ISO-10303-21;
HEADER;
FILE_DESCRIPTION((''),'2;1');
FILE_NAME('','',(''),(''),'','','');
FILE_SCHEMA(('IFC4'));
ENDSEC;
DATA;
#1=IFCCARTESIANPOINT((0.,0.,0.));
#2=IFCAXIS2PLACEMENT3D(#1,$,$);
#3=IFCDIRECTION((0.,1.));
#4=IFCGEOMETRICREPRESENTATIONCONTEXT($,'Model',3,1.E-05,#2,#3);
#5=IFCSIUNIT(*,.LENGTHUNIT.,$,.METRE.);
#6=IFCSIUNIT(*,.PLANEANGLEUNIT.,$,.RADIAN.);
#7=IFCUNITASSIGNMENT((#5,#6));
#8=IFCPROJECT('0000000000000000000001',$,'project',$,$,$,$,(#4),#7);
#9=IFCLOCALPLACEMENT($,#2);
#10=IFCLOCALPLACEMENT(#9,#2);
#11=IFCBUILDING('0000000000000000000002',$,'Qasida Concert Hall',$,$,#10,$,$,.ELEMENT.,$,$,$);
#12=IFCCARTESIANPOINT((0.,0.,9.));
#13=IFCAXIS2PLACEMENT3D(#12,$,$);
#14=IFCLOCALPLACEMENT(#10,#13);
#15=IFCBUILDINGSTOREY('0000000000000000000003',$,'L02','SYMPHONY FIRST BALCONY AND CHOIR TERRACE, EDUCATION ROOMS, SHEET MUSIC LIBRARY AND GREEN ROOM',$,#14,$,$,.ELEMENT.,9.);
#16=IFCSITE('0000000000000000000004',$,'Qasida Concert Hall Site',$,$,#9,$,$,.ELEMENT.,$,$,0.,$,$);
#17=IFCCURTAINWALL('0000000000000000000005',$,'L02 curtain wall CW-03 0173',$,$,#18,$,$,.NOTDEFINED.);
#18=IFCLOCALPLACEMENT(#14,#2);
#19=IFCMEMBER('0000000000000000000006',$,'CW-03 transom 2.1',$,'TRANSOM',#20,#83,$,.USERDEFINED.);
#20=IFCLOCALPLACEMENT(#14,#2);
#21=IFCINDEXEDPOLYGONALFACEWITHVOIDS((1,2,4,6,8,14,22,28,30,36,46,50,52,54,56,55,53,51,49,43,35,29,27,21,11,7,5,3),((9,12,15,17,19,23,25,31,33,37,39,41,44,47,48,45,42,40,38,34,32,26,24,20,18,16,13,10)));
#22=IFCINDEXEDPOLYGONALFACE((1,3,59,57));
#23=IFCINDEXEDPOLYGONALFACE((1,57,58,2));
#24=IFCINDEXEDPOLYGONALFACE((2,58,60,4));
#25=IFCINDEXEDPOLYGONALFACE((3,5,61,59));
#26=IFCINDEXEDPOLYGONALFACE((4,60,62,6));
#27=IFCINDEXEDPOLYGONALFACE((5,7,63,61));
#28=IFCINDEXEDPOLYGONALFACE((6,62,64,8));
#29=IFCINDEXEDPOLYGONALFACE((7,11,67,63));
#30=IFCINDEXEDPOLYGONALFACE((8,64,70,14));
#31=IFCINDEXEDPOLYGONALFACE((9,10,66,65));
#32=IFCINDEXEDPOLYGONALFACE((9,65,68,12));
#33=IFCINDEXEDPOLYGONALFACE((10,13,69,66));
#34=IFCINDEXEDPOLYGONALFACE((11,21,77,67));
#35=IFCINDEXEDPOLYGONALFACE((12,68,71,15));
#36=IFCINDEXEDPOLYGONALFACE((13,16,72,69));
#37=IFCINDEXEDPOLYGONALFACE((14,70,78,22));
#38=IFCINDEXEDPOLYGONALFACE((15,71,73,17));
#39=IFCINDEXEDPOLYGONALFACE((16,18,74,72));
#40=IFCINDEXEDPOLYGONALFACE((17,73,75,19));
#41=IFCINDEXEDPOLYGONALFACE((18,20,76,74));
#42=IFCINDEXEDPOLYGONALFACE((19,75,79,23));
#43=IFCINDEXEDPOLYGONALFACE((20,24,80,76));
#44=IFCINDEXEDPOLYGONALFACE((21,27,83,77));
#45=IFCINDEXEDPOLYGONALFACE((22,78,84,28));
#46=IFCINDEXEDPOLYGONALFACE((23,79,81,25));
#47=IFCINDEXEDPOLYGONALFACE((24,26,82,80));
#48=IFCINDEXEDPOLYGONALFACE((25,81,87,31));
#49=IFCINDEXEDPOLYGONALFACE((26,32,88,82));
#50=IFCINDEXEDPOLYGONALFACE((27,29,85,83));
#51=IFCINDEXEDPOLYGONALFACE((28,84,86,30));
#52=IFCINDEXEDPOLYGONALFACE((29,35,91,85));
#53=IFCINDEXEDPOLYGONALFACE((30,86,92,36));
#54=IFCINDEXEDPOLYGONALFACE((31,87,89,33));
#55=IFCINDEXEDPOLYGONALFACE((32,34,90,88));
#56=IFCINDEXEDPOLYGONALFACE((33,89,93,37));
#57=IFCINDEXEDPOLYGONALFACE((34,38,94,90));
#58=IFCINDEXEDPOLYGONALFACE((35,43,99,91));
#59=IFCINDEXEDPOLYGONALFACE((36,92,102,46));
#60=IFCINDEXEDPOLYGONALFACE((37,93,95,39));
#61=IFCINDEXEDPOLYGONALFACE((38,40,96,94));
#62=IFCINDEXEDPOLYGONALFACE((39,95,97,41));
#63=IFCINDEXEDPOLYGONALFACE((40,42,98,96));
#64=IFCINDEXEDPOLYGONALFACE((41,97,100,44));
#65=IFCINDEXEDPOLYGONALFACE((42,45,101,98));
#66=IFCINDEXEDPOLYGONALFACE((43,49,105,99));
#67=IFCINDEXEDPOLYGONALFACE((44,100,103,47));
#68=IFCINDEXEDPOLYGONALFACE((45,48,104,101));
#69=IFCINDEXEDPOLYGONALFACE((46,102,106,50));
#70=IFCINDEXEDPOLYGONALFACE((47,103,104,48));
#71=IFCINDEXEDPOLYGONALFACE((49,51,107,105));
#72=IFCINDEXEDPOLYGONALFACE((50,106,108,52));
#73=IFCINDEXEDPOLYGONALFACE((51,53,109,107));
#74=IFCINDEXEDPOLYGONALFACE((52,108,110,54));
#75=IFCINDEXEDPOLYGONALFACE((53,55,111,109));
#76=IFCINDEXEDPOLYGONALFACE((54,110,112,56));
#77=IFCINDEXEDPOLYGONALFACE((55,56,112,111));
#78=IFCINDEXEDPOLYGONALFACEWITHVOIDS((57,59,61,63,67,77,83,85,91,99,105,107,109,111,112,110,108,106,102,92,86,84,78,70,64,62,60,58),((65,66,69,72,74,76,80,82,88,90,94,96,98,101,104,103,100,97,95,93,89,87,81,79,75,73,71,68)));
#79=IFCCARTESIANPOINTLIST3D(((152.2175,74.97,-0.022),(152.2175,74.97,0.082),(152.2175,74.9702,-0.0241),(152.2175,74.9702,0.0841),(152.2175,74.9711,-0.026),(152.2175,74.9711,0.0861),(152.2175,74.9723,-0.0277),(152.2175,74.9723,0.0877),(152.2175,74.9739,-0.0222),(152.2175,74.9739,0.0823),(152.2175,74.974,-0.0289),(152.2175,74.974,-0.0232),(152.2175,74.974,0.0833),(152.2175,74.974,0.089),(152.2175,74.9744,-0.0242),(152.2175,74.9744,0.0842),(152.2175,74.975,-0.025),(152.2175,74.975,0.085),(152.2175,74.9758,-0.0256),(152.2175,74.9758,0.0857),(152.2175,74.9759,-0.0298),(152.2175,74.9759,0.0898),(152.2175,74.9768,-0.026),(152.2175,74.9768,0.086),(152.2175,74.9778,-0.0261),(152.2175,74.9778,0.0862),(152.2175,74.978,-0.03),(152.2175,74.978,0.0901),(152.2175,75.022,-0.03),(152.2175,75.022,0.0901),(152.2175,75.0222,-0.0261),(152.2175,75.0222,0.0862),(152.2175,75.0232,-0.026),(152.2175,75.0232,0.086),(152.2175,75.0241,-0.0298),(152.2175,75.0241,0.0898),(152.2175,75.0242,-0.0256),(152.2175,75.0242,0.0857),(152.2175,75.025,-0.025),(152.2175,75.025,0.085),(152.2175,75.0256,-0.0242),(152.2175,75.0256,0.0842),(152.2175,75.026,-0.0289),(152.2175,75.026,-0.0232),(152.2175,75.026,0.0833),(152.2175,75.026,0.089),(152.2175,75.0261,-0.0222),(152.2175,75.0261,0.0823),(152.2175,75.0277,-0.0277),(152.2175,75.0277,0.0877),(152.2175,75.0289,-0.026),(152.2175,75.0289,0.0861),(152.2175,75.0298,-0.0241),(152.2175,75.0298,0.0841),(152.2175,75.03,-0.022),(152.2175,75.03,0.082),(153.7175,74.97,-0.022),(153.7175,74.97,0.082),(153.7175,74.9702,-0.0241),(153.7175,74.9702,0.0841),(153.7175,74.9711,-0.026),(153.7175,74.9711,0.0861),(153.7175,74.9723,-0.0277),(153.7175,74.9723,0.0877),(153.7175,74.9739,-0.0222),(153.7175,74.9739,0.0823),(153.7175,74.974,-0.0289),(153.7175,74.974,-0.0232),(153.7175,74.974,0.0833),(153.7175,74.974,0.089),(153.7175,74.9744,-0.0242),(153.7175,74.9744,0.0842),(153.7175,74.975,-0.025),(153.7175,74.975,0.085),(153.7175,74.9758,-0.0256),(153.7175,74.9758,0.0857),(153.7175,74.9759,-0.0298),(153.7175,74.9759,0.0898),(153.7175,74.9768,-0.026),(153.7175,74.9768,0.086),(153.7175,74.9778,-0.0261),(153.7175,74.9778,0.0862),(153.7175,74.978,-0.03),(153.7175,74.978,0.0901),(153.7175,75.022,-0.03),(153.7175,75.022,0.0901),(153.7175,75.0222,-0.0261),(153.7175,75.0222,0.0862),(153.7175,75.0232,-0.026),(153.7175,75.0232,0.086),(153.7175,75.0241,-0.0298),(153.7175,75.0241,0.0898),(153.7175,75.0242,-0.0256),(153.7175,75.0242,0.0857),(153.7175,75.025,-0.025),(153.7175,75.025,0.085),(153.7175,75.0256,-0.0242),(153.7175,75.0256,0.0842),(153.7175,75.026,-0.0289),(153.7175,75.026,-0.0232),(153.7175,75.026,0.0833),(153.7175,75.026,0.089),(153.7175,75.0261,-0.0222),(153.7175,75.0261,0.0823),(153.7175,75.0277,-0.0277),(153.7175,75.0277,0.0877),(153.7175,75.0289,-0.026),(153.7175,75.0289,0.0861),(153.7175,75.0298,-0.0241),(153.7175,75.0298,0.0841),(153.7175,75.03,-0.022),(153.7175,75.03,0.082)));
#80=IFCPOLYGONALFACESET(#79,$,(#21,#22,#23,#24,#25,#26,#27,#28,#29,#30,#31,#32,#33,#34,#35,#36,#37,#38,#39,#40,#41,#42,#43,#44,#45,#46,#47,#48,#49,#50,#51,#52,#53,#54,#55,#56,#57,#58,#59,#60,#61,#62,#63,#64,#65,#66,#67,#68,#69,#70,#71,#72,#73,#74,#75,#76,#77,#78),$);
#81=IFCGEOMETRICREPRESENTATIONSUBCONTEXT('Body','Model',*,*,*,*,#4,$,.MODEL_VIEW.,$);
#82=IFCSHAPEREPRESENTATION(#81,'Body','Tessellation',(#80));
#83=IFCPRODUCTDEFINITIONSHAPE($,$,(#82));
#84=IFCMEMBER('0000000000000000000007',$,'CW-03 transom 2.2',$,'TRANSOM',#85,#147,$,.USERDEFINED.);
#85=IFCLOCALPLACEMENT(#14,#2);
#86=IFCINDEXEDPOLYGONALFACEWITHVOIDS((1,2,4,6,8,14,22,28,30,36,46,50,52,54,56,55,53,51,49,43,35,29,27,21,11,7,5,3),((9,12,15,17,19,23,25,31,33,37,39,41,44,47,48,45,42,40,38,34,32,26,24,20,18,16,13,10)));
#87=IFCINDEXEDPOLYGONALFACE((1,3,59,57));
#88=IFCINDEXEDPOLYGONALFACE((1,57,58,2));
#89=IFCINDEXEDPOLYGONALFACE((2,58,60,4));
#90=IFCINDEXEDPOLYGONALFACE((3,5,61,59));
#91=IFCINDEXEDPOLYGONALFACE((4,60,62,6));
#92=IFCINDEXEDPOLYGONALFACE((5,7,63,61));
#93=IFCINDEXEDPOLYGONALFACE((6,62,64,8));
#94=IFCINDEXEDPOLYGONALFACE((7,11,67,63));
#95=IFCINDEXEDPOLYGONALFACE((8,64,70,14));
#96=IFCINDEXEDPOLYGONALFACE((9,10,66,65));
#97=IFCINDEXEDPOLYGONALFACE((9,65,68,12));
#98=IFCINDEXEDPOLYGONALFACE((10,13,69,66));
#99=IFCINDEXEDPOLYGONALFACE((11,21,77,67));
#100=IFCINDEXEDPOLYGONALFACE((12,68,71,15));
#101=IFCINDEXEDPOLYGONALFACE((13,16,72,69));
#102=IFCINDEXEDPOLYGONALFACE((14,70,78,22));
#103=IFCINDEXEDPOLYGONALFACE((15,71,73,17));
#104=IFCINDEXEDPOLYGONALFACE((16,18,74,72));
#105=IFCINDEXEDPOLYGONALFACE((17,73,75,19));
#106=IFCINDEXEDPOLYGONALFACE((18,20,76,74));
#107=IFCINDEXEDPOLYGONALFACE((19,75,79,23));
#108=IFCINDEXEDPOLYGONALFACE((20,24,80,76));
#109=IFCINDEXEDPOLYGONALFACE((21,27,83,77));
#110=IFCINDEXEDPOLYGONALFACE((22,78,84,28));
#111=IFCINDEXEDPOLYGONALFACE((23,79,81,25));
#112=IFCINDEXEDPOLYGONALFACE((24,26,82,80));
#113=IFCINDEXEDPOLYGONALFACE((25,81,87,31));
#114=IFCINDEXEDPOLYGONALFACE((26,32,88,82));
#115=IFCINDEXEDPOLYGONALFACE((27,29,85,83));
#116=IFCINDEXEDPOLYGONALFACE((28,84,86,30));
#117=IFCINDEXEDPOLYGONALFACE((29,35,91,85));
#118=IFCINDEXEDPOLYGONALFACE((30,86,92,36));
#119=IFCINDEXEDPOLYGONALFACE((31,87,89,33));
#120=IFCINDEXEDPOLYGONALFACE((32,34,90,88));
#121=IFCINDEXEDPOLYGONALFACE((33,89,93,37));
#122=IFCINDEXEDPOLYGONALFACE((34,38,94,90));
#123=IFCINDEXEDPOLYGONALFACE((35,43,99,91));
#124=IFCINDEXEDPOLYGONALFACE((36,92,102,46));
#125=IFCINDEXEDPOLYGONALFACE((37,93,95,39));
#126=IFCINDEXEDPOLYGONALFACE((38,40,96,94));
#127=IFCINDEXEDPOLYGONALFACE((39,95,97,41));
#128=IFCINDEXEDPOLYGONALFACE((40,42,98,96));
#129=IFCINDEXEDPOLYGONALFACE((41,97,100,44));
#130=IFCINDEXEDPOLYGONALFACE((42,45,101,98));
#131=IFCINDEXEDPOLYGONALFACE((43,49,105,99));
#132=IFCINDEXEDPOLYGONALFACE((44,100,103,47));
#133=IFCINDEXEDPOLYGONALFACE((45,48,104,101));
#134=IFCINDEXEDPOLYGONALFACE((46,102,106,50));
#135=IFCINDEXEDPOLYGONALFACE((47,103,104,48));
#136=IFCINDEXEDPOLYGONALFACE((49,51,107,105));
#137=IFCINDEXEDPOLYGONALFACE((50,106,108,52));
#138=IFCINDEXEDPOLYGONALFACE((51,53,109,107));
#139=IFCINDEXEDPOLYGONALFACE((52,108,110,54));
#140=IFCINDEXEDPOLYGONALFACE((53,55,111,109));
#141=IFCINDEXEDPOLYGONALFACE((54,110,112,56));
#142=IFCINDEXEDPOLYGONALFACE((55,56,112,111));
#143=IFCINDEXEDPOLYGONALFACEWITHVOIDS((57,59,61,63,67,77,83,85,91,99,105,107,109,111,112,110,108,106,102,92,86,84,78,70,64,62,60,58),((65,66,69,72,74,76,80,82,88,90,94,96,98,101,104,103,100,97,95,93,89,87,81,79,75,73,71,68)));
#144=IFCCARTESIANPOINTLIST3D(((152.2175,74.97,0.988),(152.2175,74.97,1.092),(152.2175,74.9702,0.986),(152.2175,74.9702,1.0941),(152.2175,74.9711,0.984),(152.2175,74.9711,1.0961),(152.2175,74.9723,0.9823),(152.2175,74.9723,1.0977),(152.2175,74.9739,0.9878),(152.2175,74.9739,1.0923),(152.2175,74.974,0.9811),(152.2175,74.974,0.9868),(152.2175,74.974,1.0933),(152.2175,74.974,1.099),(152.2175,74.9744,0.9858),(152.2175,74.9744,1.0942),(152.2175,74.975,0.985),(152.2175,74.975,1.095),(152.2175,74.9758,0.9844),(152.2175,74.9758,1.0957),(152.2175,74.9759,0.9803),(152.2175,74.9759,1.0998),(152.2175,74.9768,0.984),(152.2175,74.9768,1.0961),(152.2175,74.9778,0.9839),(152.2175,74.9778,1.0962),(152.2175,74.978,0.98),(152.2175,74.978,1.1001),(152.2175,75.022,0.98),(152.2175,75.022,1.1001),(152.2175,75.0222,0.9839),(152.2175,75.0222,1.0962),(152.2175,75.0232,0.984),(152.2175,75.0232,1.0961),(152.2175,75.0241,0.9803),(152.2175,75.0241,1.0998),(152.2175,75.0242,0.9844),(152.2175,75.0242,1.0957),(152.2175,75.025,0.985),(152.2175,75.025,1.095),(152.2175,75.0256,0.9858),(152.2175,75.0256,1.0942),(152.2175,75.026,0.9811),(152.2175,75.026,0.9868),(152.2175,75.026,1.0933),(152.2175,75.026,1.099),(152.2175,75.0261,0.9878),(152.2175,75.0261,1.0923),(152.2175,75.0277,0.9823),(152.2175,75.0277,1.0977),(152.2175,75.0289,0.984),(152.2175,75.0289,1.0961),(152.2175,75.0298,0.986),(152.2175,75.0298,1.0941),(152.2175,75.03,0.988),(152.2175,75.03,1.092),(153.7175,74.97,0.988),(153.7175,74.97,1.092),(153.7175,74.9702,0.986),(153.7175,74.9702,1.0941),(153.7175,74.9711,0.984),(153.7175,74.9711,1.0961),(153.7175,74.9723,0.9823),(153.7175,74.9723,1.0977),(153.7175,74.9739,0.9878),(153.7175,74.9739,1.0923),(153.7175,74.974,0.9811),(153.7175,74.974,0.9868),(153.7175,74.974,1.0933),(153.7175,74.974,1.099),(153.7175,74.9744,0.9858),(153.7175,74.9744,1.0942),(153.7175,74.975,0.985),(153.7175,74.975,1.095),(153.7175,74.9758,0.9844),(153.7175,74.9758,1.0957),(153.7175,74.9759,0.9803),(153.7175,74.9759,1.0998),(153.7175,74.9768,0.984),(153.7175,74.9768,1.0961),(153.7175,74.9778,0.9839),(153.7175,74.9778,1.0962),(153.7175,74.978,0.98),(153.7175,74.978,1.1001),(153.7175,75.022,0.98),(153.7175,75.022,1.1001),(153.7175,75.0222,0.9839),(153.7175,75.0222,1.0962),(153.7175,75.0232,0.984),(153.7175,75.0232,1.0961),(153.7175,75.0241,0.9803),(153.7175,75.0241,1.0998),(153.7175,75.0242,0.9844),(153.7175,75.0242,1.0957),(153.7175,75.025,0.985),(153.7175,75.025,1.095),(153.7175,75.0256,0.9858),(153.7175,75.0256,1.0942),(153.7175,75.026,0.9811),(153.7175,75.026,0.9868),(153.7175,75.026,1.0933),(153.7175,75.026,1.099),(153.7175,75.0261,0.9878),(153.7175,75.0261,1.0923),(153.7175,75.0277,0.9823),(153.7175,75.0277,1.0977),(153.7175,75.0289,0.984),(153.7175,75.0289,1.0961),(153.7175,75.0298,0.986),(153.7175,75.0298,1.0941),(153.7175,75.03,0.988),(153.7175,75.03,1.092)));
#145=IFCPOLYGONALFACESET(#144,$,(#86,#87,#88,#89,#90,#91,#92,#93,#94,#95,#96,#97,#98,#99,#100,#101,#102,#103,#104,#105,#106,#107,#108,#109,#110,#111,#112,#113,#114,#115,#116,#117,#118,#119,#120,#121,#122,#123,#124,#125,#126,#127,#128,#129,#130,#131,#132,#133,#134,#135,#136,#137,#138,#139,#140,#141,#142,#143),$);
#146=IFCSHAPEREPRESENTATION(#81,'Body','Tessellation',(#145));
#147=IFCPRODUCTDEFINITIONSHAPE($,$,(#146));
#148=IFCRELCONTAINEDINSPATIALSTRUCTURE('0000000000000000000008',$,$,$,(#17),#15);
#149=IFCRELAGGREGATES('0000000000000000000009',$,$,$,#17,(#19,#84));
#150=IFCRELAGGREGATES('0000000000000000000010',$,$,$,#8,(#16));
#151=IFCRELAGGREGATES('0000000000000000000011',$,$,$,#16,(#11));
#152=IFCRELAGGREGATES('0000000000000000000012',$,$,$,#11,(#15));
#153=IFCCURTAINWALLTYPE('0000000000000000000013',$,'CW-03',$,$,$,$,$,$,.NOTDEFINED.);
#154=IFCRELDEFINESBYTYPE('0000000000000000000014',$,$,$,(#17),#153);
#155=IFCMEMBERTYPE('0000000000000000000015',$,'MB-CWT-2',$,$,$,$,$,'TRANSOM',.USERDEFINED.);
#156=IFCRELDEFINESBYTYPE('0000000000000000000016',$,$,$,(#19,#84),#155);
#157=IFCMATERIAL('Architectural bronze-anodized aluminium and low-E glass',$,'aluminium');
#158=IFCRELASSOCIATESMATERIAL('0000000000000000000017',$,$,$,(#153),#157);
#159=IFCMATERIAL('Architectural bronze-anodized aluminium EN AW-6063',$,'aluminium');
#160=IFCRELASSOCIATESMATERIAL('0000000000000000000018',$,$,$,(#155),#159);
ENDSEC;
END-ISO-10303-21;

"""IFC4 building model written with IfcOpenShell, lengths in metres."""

from ifc_helpers import new_model, si_unit, direction, frame, origin, origin_2d, place, context, subcontext, project, spatial, hollow_rectangle, extrude, material, material_profile, profile_set, type_object, element, aggregate, save


model = new_model("IFC4")

# Units and contexts
model_context = context("Model", 3, precision=1e-05, world=origin(), true_north=direction((0.0, 1.0)))
body_context = subcontext(model_context, "Body", "Model", "MODEL_VIEW")
ifc_project = project(units=[si_unit("LENGTHUNIT", "METRE"), si_unit("PLANEANGLEUNIT", "RADIAN")], contexts=[model_context])

# Site, building, storey
site_placement = place(None, origin())
site = spatial("IfcSite", under=ifc_project, at=site_placement, Name="Qasida Concert Hall Site", CompositionType="ELEMENT", RefElevation=0.0)
building_placement = place(site_placement, origin())
building = spatial("IfcBuilding", under=site, at=building_placement, Name="Qasida Concert Hall", CompositionType="ELEMENT")
storey_placement = place(building_placement, frame((0.0, 0.0, 9.0)))
storey = spatial("IfcBuildingStorey", under=building, at=storey_placement, Name="L02", Description="SYMPHONY FIRST BALCONY AND CHOIR TERRACE, EDUCATION ROOMS, SHEET MUSIC LIBRARY AND GREEN ROOM", CompositionType="ELEMENT", Elevation=9.0)

# Curtain wall, members
ifc_material_1 = material(Name="Architectural bronze-anodized aluminium and low-E glass", Category="aluminium")
curtain_wall_type = type_object("IfcCurtainWallType", Name="CW-03", PredefinedType="NOTDEFINED", material=ifc_material_1)
curtain_wall_placement = place(storey_placement, origin())
curtain_wall = element("IfcCurtainWall", 1, at=curtain_wall_placement, inside=storey, type_object=curtain_wall_type, Name="L02 curtain wall CW-03 0173", PredefinedType="NOTDEFINED")
ifc_material_2 = material(Name="Architectural bronze-anodized aluminium EN AW-6063", Category="aluminium")
ifc_material_profile_1 = material_profile(ifc_material_2, hollow_rectangle(XDim=0.0601, YDim=0.1201, WallThickness=0.0039, InnerFilletRadius=0.0039, OuterFilletRadius=0.0081, at=origin_2d()), Name="CWT 120x60x4")
ifc_profile_set_1 = profile_set([ifc_material_profile_1], Name="Architectural bronze-anodized aluminium EN AW-6063")
member_type_1 = type_object("IfcMemberType", Name="MB-CWT-2", ElementType="TRANSOM", PredefinedType="USERDEFINED", material=ifc_profile_set_1)
member_1_placement = place(storey_placement, frame((152.2175, 75.0, 0.03), z_axis=(1.0, 0.0, 0.0), x_axis=(0.0, 1.0, 0.0)))
member_1 = element("IfcMember", 2, at=member_1_placement, type_object=member_type_1, Name="CW-03 transom 2.1", ObjectType="TRANSOM", PredefinedType="USERDEFINED", context=body_context, shape_type="SweptSolid", body=[
    extrude(hollow_rectangle(XDim=0.0601, YDim=0.1201, WallThickness=0.0039, InnerFilletRadius=0.0039, OuterFilletRadius=0.0081, at=origin_2d()), origin(), (0.0, 0.0, 1.0), 1.5),
])
member_2_placement = place(storey_placement, frame((152.2175, 75.0, 1.04), z_axis=(1.0, 0.0, 0.0), x_axis=(0.0, 1.0, 0.0)))
member_2 = element("IfcMember", 3, at=member_2_placement, type_object=member_type_1, Name="CW-03 transom 2.2", ObjectType="TRANSOM", PredefinedType="USERDEFINED", context=body_context, shape_type="SweptSolid", body=[
    extrude(hollow_rectangle(XDim=0.0601, YDim=0.1201, WallThickness=0.0039, InnerFilletRadius=0.0039, OuterFilletRadius=0.0081, at=origin_2d()), origin(), (0.0, 0.0, 1.0), 1.5),
])
aggregate(curtain_wall, [member_1, member_2])

save(model, "model.ifc")
